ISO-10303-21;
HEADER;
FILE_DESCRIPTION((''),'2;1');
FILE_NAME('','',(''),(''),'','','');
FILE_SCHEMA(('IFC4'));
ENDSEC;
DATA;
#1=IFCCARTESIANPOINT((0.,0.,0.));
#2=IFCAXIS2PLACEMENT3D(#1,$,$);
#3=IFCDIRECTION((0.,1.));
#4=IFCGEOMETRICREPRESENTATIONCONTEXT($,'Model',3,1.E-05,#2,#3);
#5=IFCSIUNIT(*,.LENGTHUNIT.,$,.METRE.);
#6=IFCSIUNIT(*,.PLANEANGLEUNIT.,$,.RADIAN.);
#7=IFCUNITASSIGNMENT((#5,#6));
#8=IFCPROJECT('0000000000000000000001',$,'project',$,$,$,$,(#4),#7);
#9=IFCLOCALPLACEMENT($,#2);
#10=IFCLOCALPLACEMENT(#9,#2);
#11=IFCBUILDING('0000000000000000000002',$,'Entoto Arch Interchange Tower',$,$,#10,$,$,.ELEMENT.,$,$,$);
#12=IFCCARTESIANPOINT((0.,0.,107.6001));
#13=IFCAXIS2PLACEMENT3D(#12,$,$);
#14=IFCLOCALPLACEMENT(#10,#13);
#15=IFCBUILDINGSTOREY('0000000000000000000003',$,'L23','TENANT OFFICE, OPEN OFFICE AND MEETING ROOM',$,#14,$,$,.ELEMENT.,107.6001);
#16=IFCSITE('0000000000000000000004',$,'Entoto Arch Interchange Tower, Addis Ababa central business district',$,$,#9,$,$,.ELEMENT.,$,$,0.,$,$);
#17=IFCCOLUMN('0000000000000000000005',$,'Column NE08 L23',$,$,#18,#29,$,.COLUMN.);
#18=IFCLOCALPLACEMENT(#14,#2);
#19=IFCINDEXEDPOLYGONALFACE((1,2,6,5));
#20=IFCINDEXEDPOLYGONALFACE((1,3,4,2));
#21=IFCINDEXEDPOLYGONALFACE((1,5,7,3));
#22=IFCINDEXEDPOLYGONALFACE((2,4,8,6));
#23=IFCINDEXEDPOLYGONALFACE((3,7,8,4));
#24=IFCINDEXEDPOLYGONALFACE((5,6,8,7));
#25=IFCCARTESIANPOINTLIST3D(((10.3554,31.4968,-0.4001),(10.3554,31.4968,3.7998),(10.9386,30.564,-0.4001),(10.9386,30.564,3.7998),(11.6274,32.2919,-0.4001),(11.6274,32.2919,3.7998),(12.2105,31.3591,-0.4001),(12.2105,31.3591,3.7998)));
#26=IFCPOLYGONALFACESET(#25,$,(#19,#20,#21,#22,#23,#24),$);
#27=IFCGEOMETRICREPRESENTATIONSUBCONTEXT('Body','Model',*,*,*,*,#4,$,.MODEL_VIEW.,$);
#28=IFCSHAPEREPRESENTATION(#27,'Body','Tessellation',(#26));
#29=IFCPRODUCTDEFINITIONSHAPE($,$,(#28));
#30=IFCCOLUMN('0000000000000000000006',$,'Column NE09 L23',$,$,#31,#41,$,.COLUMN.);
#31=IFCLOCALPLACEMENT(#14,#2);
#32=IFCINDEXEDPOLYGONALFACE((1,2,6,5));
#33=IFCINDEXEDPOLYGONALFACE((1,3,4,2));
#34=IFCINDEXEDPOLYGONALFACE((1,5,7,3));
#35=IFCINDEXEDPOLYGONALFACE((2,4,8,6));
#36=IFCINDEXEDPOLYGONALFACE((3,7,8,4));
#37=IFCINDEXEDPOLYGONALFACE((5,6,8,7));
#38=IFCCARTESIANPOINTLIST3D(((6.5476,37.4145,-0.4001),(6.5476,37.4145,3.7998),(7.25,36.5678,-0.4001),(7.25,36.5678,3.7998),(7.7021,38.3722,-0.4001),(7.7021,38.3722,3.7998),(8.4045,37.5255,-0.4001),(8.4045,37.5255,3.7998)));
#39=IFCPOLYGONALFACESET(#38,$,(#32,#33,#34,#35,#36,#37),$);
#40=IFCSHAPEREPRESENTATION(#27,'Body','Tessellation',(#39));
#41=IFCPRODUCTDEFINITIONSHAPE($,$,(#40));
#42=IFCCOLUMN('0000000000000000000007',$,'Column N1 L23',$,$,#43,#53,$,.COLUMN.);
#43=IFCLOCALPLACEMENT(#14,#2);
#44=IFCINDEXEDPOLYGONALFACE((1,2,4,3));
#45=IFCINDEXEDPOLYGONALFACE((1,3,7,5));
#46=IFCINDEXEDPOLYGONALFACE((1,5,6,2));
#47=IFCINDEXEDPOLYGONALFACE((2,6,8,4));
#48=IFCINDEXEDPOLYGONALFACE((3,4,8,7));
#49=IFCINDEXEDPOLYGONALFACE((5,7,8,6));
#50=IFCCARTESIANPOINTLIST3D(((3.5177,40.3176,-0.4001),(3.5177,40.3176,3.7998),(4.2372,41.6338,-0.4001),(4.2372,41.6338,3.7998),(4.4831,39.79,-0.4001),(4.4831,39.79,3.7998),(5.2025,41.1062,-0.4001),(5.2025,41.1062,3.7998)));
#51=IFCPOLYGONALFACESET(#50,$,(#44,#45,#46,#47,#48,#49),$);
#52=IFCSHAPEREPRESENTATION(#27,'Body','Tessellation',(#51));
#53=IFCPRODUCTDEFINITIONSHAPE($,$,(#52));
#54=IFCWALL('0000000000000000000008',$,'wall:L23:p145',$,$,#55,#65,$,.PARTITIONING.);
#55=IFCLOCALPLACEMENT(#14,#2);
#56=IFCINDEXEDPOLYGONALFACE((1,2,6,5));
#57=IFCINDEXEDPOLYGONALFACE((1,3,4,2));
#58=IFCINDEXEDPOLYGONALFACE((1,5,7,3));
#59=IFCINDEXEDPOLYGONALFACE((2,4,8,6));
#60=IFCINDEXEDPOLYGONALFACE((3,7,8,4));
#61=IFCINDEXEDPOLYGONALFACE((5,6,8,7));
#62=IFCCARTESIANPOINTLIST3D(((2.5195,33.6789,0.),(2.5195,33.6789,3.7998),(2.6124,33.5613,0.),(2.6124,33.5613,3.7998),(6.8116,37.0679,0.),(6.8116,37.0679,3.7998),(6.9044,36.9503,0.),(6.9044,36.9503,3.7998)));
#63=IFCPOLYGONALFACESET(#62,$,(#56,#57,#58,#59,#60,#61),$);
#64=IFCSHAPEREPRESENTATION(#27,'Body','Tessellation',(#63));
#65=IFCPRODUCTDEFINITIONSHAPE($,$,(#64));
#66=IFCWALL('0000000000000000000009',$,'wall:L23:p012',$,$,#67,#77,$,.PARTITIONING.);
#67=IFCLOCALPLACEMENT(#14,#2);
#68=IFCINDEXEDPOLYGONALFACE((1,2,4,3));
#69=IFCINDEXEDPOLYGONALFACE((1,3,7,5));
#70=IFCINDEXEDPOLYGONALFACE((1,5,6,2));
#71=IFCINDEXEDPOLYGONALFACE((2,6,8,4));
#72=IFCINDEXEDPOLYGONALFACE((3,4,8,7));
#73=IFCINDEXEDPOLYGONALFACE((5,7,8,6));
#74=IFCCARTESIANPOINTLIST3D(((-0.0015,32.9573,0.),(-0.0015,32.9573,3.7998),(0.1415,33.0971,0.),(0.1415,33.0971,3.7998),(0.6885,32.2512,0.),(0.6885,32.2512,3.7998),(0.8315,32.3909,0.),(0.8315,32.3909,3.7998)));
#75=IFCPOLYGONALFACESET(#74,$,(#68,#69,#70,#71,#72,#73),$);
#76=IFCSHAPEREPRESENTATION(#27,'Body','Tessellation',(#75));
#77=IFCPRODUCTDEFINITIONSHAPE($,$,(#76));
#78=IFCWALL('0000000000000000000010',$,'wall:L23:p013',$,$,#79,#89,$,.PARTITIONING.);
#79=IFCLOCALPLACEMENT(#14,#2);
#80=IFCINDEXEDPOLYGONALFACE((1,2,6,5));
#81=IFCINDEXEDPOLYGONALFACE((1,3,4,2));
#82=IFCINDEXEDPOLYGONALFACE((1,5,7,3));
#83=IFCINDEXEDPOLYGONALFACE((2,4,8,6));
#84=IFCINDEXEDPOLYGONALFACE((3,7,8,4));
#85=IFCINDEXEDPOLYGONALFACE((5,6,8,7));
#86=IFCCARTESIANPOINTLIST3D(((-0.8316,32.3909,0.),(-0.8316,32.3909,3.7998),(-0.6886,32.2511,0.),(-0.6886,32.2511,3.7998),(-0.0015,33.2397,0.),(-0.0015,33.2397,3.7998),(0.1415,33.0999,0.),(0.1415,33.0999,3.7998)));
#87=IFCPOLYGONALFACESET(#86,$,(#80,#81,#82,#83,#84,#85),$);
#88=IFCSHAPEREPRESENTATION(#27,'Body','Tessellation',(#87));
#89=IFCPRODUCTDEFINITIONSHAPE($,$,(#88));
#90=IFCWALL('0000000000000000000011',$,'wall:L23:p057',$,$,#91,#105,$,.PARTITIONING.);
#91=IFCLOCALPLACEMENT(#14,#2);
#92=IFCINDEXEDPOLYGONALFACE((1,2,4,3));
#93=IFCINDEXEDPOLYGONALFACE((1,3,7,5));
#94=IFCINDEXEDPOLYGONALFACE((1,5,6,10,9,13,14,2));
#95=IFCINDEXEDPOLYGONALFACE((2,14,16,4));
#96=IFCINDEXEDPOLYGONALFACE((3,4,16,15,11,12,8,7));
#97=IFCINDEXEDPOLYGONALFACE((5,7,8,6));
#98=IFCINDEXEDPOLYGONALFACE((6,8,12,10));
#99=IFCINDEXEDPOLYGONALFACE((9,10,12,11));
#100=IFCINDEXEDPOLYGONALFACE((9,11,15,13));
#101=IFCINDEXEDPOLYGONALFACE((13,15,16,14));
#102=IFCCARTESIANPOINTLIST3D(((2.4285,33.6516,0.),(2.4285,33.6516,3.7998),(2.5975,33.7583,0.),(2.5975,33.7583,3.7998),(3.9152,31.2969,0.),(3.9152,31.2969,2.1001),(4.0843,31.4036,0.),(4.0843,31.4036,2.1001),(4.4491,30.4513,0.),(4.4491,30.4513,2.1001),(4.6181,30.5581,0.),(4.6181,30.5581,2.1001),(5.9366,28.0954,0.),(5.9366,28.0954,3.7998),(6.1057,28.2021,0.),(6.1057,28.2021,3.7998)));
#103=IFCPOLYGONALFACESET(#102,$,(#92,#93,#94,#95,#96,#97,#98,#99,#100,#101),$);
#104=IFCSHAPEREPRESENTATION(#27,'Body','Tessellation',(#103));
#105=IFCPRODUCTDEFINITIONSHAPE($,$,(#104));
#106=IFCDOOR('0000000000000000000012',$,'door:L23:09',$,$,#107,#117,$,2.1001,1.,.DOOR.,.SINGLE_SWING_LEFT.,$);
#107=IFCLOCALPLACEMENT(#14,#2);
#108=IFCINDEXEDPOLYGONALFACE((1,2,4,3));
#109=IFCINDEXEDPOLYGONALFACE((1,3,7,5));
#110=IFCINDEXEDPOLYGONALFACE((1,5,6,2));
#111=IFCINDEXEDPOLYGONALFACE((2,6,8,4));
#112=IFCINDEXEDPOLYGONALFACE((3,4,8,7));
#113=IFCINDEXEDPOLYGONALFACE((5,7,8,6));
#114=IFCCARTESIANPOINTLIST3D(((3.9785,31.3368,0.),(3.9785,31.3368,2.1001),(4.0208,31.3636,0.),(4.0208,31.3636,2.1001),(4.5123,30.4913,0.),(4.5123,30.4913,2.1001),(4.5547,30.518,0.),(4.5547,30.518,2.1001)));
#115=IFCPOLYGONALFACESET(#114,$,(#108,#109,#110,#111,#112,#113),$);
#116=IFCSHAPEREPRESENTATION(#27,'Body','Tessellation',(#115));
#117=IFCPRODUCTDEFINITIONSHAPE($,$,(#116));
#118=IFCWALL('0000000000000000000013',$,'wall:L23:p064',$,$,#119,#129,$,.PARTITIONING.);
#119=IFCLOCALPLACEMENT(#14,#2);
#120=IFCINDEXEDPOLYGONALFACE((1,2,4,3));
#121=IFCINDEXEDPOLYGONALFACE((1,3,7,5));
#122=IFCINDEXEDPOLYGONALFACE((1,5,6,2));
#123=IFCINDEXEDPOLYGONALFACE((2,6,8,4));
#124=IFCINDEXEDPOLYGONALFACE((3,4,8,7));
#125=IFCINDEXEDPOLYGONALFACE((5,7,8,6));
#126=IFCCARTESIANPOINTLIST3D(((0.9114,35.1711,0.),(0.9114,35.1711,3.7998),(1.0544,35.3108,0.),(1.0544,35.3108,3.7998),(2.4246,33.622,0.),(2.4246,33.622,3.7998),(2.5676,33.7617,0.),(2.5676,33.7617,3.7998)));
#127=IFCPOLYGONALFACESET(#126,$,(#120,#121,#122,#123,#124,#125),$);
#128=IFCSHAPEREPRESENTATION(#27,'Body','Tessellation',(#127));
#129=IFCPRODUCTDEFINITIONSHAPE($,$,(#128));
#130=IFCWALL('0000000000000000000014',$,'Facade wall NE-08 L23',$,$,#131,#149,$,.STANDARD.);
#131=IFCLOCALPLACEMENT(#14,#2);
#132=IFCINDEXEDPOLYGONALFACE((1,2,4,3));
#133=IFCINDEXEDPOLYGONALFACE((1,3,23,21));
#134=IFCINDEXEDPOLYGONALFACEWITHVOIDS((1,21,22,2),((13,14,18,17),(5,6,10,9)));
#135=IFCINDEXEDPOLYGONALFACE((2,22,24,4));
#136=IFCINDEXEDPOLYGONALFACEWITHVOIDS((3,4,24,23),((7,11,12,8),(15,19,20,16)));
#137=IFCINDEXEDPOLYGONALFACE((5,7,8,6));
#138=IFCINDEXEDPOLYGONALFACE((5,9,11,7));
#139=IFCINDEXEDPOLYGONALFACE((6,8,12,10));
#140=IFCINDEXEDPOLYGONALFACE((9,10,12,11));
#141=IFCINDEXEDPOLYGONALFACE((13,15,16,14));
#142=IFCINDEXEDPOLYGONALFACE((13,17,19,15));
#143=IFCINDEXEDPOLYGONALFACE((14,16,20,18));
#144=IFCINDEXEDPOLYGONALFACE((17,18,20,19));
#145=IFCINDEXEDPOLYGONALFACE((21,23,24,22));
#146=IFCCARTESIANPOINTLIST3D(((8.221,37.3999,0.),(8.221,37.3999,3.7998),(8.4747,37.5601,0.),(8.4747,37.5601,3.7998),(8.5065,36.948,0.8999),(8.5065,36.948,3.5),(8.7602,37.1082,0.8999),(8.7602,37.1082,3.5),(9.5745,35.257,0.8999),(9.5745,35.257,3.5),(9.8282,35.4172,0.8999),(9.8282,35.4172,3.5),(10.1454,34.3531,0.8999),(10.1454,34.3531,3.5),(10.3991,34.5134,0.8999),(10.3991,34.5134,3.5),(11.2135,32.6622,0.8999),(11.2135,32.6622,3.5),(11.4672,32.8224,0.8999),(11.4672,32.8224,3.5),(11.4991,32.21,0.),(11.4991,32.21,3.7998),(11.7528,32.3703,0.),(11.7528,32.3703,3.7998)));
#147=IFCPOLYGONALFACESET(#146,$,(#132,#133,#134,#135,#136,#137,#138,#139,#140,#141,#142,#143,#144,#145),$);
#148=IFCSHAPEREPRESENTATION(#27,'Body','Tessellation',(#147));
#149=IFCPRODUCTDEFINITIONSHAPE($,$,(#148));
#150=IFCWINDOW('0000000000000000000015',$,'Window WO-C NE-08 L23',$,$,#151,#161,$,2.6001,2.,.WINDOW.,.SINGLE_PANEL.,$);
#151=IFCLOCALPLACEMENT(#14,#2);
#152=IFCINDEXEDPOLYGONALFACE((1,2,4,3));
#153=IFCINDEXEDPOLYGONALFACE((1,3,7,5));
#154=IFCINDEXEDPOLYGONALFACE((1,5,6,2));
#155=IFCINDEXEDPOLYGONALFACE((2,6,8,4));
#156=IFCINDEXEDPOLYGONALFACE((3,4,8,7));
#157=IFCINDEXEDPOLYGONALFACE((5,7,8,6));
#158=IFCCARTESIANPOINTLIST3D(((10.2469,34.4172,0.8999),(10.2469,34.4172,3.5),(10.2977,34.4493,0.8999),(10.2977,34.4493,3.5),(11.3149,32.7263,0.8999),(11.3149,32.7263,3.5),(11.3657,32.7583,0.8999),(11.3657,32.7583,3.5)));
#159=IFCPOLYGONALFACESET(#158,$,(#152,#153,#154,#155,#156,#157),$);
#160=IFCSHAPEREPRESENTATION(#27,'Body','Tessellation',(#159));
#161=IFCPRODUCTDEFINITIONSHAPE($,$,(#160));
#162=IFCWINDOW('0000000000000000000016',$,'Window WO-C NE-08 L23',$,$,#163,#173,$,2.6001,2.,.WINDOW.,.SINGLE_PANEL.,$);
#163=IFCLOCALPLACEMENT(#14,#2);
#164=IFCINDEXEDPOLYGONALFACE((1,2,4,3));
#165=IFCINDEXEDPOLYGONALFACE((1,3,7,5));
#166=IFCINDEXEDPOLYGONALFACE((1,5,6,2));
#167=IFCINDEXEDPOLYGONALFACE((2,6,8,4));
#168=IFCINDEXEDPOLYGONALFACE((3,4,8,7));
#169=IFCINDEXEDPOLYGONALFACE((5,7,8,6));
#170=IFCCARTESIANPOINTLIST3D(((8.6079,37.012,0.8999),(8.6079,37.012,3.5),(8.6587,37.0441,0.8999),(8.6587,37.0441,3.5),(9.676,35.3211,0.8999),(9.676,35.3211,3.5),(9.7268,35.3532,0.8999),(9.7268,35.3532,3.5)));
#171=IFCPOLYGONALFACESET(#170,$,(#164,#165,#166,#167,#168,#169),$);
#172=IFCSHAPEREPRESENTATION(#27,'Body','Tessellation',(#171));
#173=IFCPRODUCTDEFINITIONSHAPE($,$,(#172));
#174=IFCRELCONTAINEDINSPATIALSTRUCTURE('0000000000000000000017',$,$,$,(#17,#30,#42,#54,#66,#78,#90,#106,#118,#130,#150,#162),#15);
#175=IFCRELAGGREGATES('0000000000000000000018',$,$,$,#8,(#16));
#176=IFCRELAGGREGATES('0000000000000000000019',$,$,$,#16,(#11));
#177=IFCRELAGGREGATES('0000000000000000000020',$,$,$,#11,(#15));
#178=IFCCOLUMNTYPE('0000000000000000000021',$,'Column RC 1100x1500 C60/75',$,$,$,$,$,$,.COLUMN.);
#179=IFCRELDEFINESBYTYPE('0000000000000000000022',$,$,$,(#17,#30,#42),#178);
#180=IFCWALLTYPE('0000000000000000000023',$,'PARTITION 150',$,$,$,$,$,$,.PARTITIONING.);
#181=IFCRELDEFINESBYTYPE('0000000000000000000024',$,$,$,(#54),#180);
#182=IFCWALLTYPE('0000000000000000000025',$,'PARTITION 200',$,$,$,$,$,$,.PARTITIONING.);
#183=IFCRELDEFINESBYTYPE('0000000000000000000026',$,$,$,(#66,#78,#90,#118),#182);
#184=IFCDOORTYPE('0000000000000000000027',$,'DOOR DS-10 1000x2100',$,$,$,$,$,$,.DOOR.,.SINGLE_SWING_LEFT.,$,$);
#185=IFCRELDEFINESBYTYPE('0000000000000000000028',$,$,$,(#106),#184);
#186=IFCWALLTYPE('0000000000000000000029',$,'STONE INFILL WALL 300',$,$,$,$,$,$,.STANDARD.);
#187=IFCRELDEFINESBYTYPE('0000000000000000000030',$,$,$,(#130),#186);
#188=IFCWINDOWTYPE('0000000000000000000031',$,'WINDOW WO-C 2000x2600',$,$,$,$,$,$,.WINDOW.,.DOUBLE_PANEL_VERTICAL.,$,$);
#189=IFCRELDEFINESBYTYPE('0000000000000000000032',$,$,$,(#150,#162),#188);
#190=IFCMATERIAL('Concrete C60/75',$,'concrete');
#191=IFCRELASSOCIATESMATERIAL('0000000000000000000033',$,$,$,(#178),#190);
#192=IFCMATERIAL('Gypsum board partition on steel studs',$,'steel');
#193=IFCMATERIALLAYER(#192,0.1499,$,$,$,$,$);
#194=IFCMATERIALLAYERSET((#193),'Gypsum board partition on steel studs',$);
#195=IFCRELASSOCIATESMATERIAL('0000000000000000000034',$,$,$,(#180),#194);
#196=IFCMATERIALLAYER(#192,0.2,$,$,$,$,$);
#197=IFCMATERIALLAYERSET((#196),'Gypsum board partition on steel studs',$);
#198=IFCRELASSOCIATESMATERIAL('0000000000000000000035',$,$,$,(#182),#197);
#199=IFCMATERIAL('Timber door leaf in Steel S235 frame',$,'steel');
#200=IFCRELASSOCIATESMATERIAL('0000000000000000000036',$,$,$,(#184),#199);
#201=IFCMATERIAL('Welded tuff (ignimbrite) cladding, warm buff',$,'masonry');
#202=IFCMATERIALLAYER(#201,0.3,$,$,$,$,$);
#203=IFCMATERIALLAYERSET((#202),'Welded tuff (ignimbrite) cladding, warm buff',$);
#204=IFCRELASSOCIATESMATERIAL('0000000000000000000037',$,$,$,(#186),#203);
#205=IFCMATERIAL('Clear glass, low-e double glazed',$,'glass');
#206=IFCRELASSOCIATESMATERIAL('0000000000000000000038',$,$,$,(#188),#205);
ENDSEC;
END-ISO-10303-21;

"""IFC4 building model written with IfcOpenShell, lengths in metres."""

from ifc_helpers import new_model, si_unit, direction, frame, frame_2d, origin, origin_2d, place, context, subcontext, project, spatial, rectangle, extrude, material, layer, layer_set, material_profile, profile_set, type_object, element, fill, save


model = new_model("IFC4")

# Units and contexts
model_context = context("Model", 3, precision=1e-05, world=origin(), true_north=direction((0.0, 1.0)))
body_context = subcontext(model_context, "Body", "Model", "MODEL_VIEW")
ifc_project = project(units=[si_unit("LENGTHUNIT", "METRE"), si_unit("PLANEANGLEUNIT", "RADIAN")], contexts=[model_context])

# Site, building, storey
site_placement = place(None, origin())
site = spatial("IfcSite", under=ifc_project, at=site_placement, Name="Entoto Arch Interchange Tower, Addis Ababa central business district", CompositionType="ELEMENT", RefElevation=0.0)
building_placement = place(site_placement, origin())
building = spatial("IfcBuilding", under=site, at=building_placement, Name="Entoto Arch Interchange Tower", CompositionType="ELEMENT")
storey_placement = place(building_placement, frame((0.0, 0.0, 107.6001)))
storey = spatial("IfcBuildingStorey", under=building, at=storey_placement, Name="L23", Description="TENANT OFFICE, OPEN OFFICE AND MEETING ROOM", CompositionType="ELEMENT", Elevation=107.6001)

# Columns
ifc_material_1 = material(Name="Concrete C60/75", Category="concrete")
ifc_material_profile = material_profile(ifc_material_1, rectangle(XDim=1.1001, YDim=1.5, at=origin_2d()))
ifc_profile_set = profile_set([ifc_material_profile], Name="Concrete C60/75")
column_type = type_object("IfcColumnType", Name="Column RC 1100x1500 C60/75", PredefinedType="COLUMN", material=ifc_profile_set)
for number, where, z_axis, x_axis, name in (
    (1, (11.283, 31.428, -0.4001), (0.0, 0.0, 1.0), (-0.530067, 0.847956, 0.0), "Column NE08 L23"),
    (2, (7.4761, 37.47, -0.4001), (0.0, 0.0, 1.0), (-0.638459, 0.769656, 0.0), "Column NE09 L23"),
    (3, (4.3601, 40.7119, -0.4001), (0.0, 0.0, 1.0), (-0.877481, 0.479611, 0.0), "Column N1 L23"),
):
    element("IfcColumn", number, at=place(storey_placement, frame(where, z_axis=z_axis, x_axis=x_axis)), inside=storey, type_object=column_type, Name=name, PredefinedType="COLUMN", context=body_context, shape_type="SweptSolid", body=[
        extrude(rectangle(XDim=1.1001, YDim=1.5, at=origin_2d()), origin(), (0.0, 0.0, 1.0), 4.2),
    ])

# Walls
ifc_material_2 = material(Name="Gypsum board partition on steel studs", Category="steel")
ifc_layer_1 = layer(ifc_material_2, 0.1499)
ifc_layer_set_1 = layer_set([ifc_layer_1], Name="Gypsum board partition on steel studs")
wall_type_1 = type_object("IfcWallType", Name="PARTITION 150", PredefinedType="PARTITIONING", material=ifc_layer_set_1)
wall_1_placement = place(storey_placement, frame((2.5659, 33.6201, 0.0), z_axis=(0.0, 0.0, 1.0), x_axis=(0.784838, 0.619701, 0.0)))
element("IfcWall", 4, at=wall_1_placement, inside=storey, type_object=wall_type_1, Name="wall:L23:p145", PredefinedType="PARTITIONING", context=body_context, shape_type="SweptSolid", body=[
    extrude(rectangle(XDim=5.4688, YDim=0.1499, at=frame_2d((2.7344, 0.0))), origin(), (0.0, 0.0, 1.0), 3.7998),
])
ifc_layer_2 = layer(ifc_material_2, 0.2)
ifc_layer_set_2 = layer_set([ifc_layer_2], Name="Gypsum board partition on steel studs")
wall_type_2 = type_object("IfcWallType", Name="PARTITION 200", PredefinedType="PARTITIONING", material=ifc_layer_set_2)
wall_2_placement = place(storey_placement, frame((0.76, 32.321, 0.0), z_axis=(0.0, 0.0, 1.0), x_axis=(-0.698898, 0.715221, 0.0)))
element("IfcWall", 5, at=wall_2_placement, inside=storey, type_object=wall_type_2, Name="wall:L23:p012", PredefinedType="PARTITIONING", context=body_context, shape_type="SweptSolid", body=[
    extrude(rectangle(XDim=0.9873, YDim=0.2, at=frame_2d((0.4937, 0.0))), origin(), (0.0, 0.0, 1.0), 3.7998),
])
wall_3_placement = place(storey_placement, frame((0.0701, 33.1699, 0.0), z_axis=(0.0, 0.0, 1.0), x_axis=(-0.699146, -0.714979, 0.0)))
element("IfcWall", 6, at=wall_3_placement, inside=storey, type_object=wall_type_2, Name="wall:L23:p013", PredefinedType="PARTITIONING", context=body_context, shape_type="SweptSolid", body=[
    extrude(rectangle(XDim=1.1873, YDim=0.2, at=frame_2d((0.5938, 0.0))), origin(), (0.0, 0.0, 1.0), 3.7998),
])

# Wall, opening, door
wall_4_placement = place(storey_placement, frame((2.5129, 33.7051, 0.0), z_axis=(0.0, 0.0, 1.0), x_axis=(0.533874, -0.845564, 0.0)))
wall_4 = element("IfcWall", 7, at=wall_4_placement, inside=storey, type_object=wall_type_2, Name="wall:L23:p057", PredefinedType="PARTITIONING", context=body_context, shape_type="SweptSolid", body=[
    extrude(rectangle(XDim=6.571, YDim=0.2, at=frame_2d((3.2856, 0.0))), origin(), (0.0, 0.0, 1.0), 3.7998),
])
opening_1_placement = place(wall_4_placement, frame((2.7849, 0.0, 0.0)))
opening_1 = element("IfcOpeningElement", 8, at=opening_1_placement, cuts=wall_4, PredefinedType="OPENING", context=body_context, shape_type="SweptSolid", body=[
    extrude(rectangle(XDim=1.0, YDim=2.1001, at=frame_2d((0.5, 1.05))), frame((0.0, 0.1099, 0.0), z_axis=(0.0, -1.0, 0.0), x_axis=(1.0, 0.0, 0.0)), (0.0, 0.0, 1.0), 0.22),
])
ifc_material_3 = material(Name="Timber door leaf in Steel S235 frame", Category="steel")
door_type = type_object("IfcDoorType", Name="DOOR DS-10 1000x2100", OperationType="SINGLE_SWING_LEFT", PredefinedType="DOOR", material=ifc_material_3)
door_placement = place(opening_1_placement, origin())
door = element("IfcDoor", 9, at=door_placement, inside=storey, type_object=door_type, Name="door:L23:09", OperationType="SINGLE_SWING_LEFT", OverallHeight=2.1001, OverallWidth=1.0, PredefinedType="DOOR", context=body_context, shape_type="SweptSolid", body=[
    extrude(rectangle(XDim=1.0, YDim=2.1001, at=frame_2d((0.5, 1.05))), frame((0.0, 0.0249, 0.0), z_axis=(0.0, -1.0, 0.0), x_axis=(1.0, 0.0, 0.0)), (0.0, 0.0, 1.0), 0.05),
])
fill(opening_1, door)

# Wall
wall_5_placement = place(storey_placement, frame((0.9829, 35.241, 0.0), z_axis=(0.0, 0.0, 1.0), x_axis=(0.698772, -0.715345, 0.0)))
element("IfcWall", 10, at=wall_5_placement, inside=storey, type_object=wall_type_2, Name="wall:L23:p064", PredefinedType="PARTITIONING", context=body_context, shape_type="SweptSolid", body=[
    extrude(rectangle(XDim=2.1655, YDim=0.2, at=frame_2d((1.0828, 0.0))), origin(), (0.0, 0.0, 1.0), 3.7998),
])

# Wall, openings, windows
ifc_material_4 = material(Name="Welded tuff (ignimbrite) cladding, warm buff", Category="masonry")
ifc_layer_3 = layer(ifc_material_4, 0.3)
ifc_layer_set_3 = layer_set([ifc_layer_3], Name="Welded tuff (ignimbrite) cladding, warm buff")
wall_type_3 = type_object("IfcWallType", Name="STONE INFILL WALL 300", PredefinedType="STANDARD", material=ifc_layer_set_3)
wall_6_placement = place(storey_placement, frame((11.626, 32.29, 0.0), z_axis=(0.0, 0.0, 1.0), x_axis=(-0.534018, 0.845473, 0.0)))
wall_6 = element("IfcWall", 11, at=wall_6_placement, inside=storey, type_object=wall_type_3, Name="Facade wall NE-08 L23", PredefinedType="STANDARD", context=body_context, shape_type="SweptSolid", body=[
    extrude(rectangle(XDim=6.1384, YDim=0.3, at=frame_2d((3.0693, 0.0))), origin(), (0.0, 0.0, 1.0), 3.7998),
])
opening_2_placement = place(wall_6_placement, frame((0.5349, 0.0, 0.8999)))
opening_2 = element("IfcOpeningElement", 12, at=opening_2_placement, cuts=wall_6, PredefinedType="OPENING", context=body_context, shape_type="SweptSolid", body=[
    extrude(rectangle(XDim=2.0, YDim=2.6001, at=frame_2d((1.0, 1.3))), frame((0.0, 0.1602, 0.0), z_axis=(0.0, -1.0, 0.0), x_axis=(1.0, 0.0, 0.0)), (0.0, 0.0, 1.0), 0.3201),
])
opening_3_placement = place(wall_6_placement, frame((3.604, 0.0, 0.8999)))
opening_3 = element("IfcOpeningElement", 13, at=opening_3_placement, cuts=wall_6, PredefinedType="OPENING", context=body_context, shape_type="SweptSolid", body=[
    extrude(rectangle(XDim=2.0, YDim=2.6001, at=frame_2d((1.0, 1.3))), frame((0.0, 0.1602, 0.0), z_axis=(0.0, -1.0, 0.0), x_axis=(1.0, 0.0, 0.0)), (0.0, 0.0, 1.0), 0.3201),
])
ifc_material_5 = material(Name="Clear glass, low-e double glazed", Category="glass")
window_type_1 = type_object("IfcWindowType", Name="WINDOW WO-C 2000x2600", PartitioningType="DOUBLE_PANEL_VERTICAL", PredefinedType="WINDOW", material=ifc_material_5)
window_1_placement = place(opening_2_placement, origin())
window_1 = element("IfcWindow", 14, at=window_1_placement, inside=storey, type_object=window_type_1, Name="Window WO-C NE-08 L23", OverallHeight=2.6001, OverallWidth=2.0, PartitioningType="SINGLE_PANEL", PredefinedType="WINDOW", context=body_context, shape_type="SweptSolid", body=[
    extrude(rectangle(XDim=2.0, YDim=2.6001, at=frame_2d((1.0, 1.3))), frame((0.0, 0.03, 0.0), z_axis=(0.0, -1.0, 0.0), x_axis=(1.0, 0.0, 0.0)), (0.0, 0.0, 1.0), 0.0601),
])
fill(opening_2, window_1)
window_2_placement = place(opening_3_placement, origin())
window_2 = element("IfcWindow", 15, at=window_2_placement, inside=storey, type_object=window_type_1, Name="Window WO-C NE-08 L23", OverallHeight=2.6001, OverallWidth=2.0, PartitioningType="SINGLE_PANEL", PredefinedType="WINDOW", context=body_context, shape_type="SweptSolid", body=[
    extrude(rectangle(XDim=2.0, YDim=2.6001, at=frame_2d((1.0, 1.3))), frame((0.0, 0.03, 0.0), z_axis=(0.0, -1.0, 0.0), x_axis=(1.0, 0.0, 0.0)), (0.0, 0.0, 1.0), 0.0601),
])
fill(opening_3, window_2)

save(model, "model.ifc")
